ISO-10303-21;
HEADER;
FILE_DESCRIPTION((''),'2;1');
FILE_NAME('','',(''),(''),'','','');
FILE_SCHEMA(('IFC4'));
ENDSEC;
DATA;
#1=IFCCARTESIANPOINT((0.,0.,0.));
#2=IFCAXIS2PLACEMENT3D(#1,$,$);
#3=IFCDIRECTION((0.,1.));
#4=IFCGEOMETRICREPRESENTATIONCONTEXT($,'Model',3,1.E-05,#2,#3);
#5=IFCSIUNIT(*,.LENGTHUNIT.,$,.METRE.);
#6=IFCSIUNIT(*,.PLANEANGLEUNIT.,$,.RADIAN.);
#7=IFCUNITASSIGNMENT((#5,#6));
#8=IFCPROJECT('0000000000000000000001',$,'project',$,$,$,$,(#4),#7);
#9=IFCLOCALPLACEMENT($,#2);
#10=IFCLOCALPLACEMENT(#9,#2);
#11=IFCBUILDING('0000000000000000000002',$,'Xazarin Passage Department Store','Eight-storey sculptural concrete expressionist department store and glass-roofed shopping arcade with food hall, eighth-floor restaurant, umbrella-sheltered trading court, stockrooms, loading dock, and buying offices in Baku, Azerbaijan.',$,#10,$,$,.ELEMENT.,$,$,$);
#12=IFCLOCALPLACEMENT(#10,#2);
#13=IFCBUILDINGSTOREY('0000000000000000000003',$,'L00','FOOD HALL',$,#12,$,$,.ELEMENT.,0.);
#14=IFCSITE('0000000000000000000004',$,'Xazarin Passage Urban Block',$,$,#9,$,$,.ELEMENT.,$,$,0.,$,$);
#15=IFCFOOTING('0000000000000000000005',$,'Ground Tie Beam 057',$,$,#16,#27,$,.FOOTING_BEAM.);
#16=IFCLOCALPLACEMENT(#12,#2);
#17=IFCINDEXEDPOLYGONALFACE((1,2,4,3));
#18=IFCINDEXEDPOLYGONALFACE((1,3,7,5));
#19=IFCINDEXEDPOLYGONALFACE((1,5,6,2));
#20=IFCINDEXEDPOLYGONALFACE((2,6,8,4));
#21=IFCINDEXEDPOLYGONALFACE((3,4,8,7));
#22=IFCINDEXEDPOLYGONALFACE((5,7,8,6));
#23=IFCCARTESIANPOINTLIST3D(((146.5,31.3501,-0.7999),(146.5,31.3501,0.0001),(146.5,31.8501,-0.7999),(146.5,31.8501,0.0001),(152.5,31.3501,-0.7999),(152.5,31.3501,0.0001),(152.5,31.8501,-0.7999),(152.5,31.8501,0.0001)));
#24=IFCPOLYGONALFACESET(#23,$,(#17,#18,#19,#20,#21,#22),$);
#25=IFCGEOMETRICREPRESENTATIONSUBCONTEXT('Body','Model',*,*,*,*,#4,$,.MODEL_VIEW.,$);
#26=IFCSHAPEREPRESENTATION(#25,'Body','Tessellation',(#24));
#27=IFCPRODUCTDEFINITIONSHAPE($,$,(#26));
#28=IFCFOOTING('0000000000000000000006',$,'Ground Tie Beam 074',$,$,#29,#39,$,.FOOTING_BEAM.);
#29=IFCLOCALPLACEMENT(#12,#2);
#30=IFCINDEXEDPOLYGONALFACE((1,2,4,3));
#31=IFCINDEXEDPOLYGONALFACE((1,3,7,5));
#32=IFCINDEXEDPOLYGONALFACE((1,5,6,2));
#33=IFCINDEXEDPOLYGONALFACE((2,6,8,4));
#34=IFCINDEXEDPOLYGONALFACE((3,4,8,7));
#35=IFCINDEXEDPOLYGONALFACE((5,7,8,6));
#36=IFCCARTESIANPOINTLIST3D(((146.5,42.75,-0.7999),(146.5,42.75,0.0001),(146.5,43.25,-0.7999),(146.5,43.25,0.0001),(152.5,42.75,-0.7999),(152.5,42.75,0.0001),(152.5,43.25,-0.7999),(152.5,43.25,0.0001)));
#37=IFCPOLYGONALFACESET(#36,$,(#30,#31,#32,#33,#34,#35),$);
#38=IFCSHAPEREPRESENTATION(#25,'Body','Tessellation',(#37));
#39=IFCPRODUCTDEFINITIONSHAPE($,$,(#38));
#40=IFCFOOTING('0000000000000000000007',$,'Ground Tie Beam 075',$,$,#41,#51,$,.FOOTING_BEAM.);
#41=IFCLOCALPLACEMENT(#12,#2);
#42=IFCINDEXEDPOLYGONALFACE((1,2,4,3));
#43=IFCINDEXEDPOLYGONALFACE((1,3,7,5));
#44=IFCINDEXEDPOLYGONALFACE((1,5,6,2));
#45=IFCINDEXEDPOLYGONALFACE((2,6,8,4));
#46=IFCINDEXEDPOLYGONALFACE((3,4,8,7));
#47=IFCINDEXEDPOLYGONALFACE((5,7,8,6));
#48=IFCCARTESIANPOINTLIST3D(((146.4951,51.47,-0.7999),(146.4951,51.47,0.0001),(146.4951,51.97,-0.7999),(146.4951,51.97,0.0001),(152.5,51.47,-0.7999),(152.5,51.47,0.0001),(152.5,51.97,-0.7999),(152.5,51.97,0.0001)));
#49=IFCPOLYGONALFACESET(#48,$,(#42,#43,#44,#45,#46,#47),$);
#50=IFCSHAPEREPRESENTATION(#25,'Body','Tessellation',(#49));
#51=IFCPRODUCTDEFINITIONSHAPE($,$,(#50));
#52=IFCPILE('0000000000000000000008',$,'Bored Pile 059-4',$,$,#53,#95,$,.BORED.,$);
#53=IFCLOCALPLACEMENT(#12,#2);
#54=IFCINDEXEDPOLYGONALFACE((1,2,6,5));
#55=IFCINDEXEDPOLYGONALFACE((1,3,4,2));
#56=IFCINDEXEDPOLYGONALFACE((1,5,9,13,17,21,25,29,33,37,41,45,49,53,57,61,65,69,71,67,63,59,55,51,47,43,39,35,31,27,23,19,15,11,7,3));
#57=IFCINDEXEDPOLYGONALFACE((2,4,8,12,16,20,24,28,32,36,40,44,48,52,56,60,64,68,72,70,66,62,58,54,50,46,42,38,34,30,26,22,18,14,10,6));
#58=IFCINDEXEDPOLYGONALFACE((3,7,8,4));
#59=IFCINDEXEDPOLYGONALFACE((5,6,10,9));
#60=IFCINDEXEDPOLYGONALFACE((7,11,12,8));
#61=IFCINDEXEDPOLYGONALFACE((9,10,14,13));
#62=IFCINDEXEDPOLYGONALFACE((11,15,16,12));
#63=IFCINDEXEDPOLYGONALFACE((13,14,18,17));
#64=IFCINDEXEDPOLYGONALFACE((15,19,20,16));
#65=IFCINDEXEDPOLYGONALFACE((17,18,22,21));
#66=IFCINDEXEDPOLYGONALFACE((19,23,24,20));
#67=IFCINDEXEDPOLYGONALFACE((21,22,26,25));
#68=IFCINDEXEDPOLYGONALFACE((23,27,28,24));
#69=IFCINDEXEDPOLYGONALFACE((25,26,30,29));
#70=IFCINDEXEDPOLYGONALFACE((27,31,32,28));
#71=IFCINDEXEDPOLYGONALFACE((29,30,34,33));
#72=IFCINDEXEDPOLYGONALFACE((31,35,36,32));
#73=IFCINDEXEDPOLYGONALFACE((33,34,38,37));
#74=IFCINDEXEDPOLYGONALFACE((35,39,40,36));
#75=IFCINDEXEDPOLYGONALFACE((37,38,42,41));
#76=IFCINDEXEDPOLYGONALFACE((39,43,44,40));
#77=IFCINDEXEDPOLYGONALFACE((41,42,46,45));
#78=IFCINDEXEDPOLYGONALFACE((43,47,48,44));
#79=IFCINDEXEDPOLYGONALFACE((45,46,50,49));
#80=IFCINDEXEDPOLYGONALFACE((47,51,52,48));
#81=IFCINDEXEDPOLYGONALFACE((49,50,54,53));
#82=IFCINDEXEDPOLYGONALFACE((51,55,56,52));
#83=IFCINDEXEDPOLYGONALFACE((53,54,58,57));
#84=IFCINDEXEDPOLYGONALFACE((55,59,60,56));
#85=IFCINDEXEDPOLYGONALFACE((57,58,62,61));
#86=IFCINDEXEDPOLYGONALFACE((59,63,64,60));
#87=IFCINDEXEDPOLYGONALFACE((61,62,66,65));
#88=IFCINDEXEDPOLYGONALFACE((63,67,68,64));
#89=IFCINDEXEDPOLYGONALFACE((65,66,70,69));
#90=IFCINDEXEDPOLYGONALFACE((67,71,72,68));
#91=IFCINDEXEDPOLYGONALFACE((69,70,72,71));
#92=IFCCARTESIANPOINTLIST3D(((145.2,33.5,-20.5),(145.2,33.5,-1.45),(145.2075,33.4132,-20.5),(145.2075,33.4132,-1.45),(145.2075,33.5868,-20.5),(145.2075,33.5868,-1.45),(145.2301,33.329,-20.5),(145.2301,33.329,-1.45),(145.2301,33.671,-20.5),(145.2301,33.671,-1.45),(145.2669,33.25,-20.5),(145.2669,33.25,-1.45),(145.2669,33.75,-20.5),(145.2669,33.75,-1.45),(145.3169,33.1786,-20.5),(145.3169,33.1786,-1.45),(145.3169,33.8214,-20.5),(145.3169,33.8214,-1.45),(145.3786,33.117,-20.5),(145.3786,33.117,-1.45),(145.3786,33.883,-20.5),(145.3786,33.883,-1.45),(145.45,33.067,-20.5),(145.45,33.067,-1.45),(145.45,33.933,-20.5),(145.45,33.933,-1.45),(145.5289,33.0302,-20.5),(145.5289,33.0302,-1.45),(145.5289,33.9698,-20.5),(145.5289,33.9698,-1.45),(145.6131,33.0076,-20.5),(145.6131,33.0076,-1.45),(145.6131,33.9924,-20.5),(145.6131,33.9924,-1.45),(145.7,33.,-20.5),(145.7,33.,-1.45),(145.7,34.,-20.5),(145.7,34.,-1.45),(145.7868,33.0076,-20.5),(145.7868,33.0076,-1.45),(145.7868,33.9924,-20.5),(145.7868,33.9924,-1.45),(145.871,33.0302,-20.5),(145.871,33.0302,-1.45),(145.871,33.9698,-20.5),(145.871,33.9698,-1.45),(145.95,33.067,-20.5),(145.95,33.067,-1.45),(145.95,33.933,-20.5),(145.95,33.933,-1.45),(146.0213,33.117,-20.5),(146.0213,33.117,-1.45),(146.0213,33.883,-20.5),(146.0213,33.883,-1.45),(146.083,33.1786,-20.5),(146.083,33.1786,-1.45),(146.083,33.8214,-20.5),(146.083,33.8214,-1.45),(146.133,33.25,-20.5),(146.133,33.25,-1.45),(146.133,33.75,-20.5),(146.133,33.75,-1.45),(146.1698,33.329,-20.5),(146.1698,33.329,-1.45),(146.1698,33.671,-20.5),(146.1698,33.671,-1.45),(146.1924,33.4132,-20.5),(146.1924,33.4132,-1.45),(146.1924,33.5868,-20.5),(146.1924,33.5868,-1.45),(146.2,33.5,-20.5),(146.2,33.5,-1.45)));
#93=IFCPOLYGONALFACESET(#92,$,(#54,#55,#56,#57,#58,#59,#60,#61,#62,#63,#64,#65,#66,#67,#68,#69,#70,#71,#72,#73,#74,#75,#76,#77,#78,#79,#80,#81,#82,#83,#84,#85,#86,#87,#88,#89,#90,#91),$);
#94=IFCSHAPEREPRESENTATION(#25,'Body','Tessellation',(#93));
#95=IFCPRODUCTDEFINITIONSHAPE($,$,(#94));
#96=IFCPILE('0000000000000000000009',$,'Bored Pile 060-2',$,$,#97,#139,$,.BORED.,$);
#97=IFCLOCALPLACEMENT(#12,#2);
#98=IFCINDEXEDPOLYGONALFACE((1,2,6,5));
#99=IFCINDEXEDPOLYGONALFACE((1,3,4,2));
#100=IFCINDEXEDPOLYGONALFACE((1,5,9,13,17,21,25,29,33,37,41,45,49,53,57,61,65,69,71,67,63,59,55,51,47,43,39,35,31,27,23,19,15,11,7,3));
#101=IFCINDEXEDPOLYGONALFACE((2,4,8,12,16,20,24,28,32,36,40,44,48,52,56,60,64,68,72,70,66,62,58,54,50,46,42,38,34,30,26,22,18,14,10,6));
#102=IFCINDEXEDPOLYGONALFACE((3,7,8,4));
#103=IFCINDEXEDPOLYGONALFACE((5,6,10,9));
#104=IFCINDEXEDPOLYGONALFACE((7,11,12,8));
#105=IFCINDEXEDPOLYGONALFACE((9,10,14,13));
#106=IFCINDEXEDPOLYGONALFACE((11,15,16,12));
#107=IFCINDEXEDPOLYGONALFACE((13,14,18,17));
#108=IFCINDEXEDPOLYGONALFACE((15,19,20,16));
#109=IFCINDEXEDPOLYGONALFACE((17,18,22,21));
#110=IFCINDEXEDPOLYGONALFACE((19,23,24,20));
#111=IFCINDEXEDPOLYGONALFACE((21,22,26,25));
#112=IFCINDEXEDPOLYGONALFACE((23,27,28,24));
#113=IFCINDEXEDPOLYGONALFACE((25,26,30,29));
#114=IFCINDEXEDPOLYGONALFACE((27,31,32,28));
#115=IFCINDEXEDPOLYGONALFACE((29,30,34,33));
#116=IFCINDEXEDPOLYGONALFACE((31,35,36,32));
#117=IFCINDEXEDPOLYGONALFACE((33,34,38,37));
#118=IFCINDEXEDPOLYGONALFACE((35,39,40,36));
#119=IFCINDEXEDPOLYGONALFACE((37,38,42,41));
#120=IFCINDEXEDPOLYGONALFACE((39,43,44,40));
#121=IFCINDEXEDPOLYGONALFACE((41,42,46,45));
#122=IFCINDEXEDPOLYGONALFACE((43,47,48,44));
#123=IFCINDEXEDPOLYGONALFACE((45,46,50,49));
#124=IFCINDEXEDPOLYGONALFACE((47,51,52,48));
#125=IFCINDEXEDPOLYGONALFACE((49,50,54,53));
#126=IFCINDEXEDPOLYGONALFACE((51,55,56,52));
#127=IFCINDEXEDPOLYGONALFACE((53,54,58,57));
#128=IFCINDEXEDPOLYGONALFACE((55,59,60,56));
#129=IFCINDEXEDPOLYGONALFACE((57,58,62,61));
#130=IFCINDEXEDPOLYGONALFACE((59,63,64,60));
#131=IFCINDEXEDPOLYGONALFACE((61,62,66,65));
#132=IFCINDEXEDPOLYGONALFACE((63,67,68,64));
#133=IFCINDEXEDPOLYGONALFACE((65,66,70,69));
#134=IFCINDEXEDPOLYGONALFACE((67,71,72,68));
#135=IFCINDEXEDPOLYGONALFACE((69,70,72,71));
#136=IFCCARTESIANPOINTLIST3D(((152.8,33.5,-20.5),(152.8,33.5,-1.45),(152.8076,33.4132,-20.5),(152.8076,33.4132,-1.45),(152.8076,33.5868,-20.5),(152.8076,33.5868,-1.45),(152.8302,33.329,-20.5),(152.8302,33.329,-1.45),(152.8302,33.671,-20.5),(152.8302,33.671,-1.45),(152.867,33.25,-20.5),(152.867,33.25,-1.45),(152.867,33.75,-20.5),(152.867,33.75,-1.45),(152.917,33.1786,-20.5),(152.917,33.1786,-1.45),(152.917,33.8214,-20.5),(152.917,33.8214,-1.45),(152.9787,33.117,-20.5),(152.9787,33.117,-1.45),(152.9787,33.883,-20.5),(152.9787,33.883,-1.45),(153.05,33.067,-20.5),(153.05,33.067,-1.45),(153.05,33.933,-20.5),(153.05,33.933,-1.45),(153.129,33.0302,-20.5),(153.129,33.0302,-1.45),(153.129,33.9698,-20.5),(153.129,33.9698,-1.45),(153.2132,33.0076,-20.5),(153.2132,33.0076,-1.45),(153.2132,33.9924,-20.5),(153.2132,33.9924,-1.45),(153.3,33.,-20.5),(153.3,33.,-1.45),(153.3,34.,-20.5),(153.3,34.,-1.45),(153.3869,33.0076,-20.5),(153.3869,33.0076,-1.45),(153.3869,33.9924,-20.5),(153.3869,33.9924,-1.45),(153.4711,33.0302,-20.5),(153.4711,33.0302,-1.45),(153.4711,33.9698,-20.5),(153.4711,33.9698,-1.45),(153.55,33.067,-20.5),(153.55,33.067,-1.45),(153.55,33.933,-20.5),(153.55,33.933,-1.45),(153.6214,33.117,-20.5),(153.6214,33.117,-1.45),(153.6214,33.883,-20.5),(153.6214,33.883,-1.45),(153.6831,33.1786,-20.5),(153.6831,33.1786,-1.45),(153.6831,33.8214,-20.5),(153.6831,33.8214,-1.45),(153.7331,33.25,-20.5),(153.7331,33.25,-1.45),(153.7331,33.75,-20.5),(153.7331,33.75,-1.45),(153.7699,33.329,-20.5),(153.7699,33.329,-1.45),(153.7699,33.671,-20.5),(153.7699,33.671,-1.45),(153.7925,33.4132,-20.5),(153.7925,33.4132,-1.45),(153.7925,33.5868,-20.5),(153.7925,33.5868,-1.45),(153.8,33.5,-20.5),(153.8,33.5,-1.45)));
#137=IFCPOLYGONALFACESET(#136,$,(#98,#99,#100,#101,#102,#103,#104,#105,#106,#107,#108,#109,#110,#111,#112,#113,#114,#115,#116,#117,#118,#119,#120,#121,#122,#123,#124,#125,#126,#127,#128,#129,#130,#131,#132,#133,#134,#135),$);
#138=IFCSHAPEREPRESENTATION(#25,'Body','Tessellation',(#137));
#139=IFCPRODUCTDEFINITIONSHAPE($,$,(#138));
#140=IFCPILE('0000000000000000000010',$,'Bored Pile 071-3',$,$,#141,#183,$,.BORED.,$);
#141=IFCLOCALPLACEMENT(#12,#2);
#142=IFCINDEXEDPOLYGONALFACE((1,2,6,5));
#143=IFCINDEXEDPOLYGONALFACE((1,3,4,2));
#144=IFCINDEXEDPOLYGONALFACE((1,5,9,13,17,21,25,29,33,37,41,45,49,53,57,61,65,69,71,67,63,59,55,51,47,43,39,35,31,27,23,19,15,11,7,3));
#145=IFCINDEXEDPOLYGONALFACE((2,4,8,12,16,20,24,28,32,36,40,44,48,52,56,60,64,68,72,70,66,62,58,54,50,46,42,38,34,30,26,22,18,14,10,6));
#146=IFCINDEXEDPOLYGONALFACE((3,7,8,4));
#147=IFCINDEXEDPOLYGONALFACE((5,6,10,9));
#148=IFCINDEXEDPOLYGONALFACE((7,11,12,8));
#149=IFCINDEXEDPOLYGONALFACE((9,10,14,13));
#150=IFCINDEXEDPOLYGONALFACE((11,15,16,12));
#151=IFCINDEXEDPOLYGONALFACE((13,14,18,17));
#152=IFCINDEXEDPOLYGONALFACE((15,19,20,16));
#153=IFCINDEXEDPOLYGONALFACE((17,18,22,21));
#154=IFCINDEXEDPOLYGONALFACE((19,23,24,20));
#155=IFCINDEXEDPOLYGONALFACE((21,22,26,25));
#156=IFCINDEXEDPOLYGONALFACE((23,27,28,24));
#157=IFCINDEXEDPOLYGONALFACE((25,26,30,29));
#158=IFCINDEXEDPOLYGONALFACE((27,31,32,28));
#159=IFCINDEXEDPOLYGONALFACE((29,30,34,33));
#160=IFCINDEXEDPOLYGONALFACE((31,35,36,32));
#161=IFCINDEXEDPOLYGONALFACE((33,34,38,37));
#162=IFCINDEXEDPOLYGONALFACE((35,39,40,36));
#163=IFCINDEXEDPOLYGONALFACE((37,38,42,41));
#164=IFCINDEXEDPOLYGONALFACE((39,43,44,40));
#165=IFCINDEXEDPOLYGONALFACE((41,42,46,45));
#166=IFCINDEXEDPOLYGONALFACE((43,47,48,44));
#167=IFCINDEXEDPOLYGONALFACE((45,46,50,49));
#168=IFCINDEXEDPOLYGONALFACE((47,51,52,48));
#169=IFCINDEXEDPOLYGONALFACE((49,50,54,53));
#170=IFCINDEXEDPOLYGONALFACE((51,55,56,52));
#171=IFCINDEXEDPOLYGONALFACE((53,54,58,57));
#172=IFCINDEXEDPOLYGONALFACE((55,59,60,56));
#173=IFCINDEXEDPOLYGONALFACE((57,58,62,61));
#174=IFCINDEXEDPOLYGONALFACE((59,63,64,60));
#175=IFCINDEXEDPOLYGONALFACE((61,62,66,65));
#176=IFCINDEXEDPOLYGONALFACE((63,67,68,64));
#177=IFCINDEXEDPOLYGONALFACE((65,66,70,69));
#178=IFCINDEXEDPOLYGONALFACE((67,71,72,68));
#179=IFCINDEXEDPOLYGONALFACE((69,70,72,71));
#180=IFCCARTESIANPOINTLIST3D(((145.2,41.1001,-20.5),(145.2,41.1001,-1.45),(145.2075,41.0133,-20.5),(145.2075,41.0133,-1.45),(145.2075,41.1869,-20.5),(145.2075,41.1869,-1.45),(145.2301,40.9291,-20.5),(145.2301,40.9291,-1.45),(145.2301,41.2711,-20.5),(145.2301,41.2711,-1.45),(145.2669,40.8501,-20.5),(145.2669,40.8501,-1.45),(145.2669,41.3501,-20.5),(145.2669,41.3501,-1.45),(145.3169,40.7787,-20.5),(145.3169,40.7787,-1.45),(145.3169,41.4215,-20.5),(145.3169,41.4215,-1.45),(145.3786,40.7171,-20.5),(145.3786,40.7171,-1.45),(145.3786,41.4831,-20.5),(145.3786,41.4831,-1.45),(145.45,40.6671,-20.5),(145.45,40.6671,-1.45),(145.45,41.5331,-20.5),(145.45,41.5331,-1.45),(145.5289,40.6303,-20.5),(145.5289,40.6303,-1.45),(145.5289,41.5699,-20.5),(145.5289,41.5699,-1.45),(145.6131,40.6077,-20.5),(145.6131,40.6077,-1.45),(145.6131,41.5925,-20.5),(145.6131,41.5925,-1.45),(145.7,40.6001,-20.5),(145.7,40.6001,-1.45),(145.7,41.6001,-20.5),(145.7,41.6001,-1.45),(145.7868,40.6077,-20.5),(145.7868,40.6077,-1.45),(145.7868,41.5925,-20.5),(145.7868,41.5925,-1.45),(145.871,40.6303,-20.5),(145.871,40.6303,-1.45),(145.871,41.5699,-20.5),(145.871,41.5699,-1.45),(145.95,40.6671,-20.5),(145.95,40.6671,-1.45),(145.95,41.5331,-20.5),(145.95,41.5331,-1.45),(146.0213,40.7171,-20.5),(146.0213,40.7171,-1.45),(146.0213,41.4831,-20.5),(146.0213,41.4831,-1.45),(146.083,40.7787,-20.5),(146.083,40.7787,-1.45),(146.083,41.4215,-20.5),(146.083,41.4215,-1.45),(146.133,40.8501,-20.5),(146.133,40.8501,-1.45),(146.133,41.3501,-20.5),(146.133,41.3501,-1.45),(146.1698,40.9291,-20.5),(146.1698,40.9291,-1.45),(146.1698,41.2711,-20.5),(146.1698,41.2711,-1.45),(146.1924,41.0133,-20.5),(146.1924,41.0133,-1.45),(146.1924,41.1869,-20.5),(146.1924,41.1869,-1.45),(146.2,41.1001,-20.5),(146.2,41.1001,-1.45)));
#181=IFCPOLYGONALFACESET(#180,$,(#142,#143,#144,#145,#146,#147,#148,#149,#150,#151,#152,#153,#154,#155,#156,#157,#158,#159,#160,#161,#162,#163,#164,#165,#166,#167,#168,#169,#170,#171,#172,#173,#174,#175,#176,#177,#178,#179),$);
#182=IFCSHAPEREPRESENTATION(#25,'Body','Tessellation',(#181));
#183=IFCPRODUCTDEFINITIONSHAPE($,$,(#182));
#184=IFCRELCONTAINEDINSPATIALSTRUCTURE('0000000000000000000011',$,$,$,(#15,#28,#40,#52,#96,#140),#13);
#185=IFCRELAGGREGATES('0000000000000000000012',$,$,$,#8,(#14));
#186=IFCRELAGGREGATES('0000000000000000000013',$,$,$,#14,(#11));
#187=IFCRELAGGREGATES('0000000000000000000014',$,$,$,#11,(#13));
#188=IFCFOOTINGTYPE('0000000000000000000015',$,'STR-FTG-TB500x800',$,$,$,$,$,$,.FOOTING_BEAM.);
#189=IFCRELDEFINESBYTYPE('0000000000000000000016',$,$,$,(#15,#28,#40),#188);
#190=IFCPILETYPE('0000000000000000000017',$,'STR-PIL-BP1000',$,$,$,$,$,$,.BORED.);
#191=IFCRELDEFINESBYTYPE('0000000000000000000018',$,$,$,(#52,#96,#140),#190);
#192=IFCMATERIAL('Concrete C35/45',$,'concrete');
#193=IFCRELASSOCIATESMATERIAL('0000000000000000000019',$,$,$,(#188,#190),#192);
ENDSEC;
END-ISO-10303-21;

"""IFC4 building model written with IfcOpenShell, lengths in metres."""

from ifc_helpers import new_model, si_unit, direction, frame, origin, origin_2d, place, context, subcontext, project, spatial, rectangle, circle, extrude, material, material_profile, profile_set, type_object, element, save


model = new_model("IFC4")

# Units and contexts
model_context = context("Model", 3, precision=1e-05, world=origin(), true_north=direction((0.0, 1.0)))
body_context = subcontext(model_context, "Body", "Model", "MODEL_VIEW")
ifc_project = project(units=[si_unit("LENGTHUNIT", "METRE"), si_unit("PLANEANGLEUNIT", "RADIAN")], contexts=[model_context])

# Site, building, storey
site_placement = place(None, origin())
site = spatial("IfcSite", under=ifc_project, at=site_placement, Name="Xazarin Passage Urban Block", CompositionType="ELEMENT", RefElevation=0.0)
building_placement = place(site_placement, origin())
building = spatial("IfcBuilding", under=site, at=building_placement, Name="Xazarin Passage Department Store", Description="Eight-storey sculptural concrete expressionist department store and glass-roofed shopping arcade with food hall, eighth-floor restaurant, umbrella-sheltered trading court, stockrooms, loading dock, and buying offices in Baku, Azerbaijan.", CompositionType="ELEMENT")
storey_placement = place(building_placement, origin())
storey = spatial("IfcBuildingStorey", under=building, at=storey_placement, Name="L00", Description="FOOD HALL", CompositionType="ELEMENT", Elevation=0.0)

# Footings
ifc_material_1 = material(Name="Concrete C35/45", Category="concrete")
ifc_material_profile_1 = material_profile(ifc_material_1, rectangle(XDim=0.5, YDim=0.8, at=origin_2d()), Name="RC 500x800")
ifc_profile_set_1 = profile_set([ifc_material_profile_1], Name="Concrete C35/45")
footing_type = type_object("IfcFootingType", Name="STR-FTG-TB500x800", PredefinedType="FOOTING_BEAM", material=ifc_profile_set_1)
for number, where, z_axis, x_axis, name in (
    (1, (146.5, 31.6001, -0.3999), (1.0, 0.0, 0.0), (0.0, 1.0, 0.0), "Ground Tie Beam 057"),
    (2, (146.5, 43.0, -0.3999), (1.0, 0.0, 0.0), (0.0, 1.0, 0.0), "Ground Tie Beam 074"),
):
    element("IfcFooting", number, at=place(storey_placement, frame(where, z_axis=z_axis, x_axis=x_axis)), inside=storey, type_object=footing_type, Name=name, PredefinedType="FOOTING_BEAM", context=body_context, shape_type="SweptSolid", body=[
        extrude(rectangle(XDim=0.5, YDim=0.8, at=origin_2d()), origin(), (0.0, 0.0, 1.0), 6.0),
    ])
footing_placement = place(storey_placement, frame((146.4951, 51.72, -0.3999), z_axis=(1.0, 0.0, 0.0), x_axis=(0.0, 1.0, 0.0)))
element("IfcFooting", 3, at=footing_placement, inside=storey, type_object=footing_type, Name="Ground Tie Beam 075", PredefinedType="FOOTING_BEAM", context=body_context, shape_type="SweptSolid", body=[
    extrude(rectangle(XDim=0.5, YDim=0.8, at=origin_2d()), origin(), (0.0, 0.0, 1.0), 6.0049),
])

# Piles
ifc_material_profile_2 = material_profile(ifc_material_1, circle(Radius=0.5, at=origin_2d()), Name="BP 1000")
ifc_profile_set_2 = profile_set([ifc_material_profile_2], Name="Concrete C35/45")
pile_type_1 = type_object("IfcPileType", Name="STR-PIL-BP1000", PredefinedType="BORED", material=ifc_profile_set_2)
for number, where, z_axis, x_axis, name in (
    (4, (145.7, 33.5, -1.45), (0.0, 0.0, -1.0), (1.0, 0.0, 0.0), "Bored Pile 059-4"),
    (5, (153.3, 33.5, -1.45), (0.0, 0.0, -1.0), (1.0, 0.0, 0.0), "Bored Pile 060-2"),
    (6, (145.7, 41.1001, -1.45), (0.0, 0.0, -1.0), (1.0, 0.0, 0.0), "Bored Pile 071-3"),
):
    element("IfcPile", number, at=place(storey_placement, frame(where, z_axis=z_axis, x_axis=x_axis)), inside=storey, type_object=pile_type_1, Name=name, PredefinedType="BORED", context=body_context, shape_type="SweptSolid", body=[
        extrude(circle(Radius=0.5, at=origin_2d()), origin(), (0.0, 0.0, 1.0), 19.05),
    ])

save(model, "model.ifc")
